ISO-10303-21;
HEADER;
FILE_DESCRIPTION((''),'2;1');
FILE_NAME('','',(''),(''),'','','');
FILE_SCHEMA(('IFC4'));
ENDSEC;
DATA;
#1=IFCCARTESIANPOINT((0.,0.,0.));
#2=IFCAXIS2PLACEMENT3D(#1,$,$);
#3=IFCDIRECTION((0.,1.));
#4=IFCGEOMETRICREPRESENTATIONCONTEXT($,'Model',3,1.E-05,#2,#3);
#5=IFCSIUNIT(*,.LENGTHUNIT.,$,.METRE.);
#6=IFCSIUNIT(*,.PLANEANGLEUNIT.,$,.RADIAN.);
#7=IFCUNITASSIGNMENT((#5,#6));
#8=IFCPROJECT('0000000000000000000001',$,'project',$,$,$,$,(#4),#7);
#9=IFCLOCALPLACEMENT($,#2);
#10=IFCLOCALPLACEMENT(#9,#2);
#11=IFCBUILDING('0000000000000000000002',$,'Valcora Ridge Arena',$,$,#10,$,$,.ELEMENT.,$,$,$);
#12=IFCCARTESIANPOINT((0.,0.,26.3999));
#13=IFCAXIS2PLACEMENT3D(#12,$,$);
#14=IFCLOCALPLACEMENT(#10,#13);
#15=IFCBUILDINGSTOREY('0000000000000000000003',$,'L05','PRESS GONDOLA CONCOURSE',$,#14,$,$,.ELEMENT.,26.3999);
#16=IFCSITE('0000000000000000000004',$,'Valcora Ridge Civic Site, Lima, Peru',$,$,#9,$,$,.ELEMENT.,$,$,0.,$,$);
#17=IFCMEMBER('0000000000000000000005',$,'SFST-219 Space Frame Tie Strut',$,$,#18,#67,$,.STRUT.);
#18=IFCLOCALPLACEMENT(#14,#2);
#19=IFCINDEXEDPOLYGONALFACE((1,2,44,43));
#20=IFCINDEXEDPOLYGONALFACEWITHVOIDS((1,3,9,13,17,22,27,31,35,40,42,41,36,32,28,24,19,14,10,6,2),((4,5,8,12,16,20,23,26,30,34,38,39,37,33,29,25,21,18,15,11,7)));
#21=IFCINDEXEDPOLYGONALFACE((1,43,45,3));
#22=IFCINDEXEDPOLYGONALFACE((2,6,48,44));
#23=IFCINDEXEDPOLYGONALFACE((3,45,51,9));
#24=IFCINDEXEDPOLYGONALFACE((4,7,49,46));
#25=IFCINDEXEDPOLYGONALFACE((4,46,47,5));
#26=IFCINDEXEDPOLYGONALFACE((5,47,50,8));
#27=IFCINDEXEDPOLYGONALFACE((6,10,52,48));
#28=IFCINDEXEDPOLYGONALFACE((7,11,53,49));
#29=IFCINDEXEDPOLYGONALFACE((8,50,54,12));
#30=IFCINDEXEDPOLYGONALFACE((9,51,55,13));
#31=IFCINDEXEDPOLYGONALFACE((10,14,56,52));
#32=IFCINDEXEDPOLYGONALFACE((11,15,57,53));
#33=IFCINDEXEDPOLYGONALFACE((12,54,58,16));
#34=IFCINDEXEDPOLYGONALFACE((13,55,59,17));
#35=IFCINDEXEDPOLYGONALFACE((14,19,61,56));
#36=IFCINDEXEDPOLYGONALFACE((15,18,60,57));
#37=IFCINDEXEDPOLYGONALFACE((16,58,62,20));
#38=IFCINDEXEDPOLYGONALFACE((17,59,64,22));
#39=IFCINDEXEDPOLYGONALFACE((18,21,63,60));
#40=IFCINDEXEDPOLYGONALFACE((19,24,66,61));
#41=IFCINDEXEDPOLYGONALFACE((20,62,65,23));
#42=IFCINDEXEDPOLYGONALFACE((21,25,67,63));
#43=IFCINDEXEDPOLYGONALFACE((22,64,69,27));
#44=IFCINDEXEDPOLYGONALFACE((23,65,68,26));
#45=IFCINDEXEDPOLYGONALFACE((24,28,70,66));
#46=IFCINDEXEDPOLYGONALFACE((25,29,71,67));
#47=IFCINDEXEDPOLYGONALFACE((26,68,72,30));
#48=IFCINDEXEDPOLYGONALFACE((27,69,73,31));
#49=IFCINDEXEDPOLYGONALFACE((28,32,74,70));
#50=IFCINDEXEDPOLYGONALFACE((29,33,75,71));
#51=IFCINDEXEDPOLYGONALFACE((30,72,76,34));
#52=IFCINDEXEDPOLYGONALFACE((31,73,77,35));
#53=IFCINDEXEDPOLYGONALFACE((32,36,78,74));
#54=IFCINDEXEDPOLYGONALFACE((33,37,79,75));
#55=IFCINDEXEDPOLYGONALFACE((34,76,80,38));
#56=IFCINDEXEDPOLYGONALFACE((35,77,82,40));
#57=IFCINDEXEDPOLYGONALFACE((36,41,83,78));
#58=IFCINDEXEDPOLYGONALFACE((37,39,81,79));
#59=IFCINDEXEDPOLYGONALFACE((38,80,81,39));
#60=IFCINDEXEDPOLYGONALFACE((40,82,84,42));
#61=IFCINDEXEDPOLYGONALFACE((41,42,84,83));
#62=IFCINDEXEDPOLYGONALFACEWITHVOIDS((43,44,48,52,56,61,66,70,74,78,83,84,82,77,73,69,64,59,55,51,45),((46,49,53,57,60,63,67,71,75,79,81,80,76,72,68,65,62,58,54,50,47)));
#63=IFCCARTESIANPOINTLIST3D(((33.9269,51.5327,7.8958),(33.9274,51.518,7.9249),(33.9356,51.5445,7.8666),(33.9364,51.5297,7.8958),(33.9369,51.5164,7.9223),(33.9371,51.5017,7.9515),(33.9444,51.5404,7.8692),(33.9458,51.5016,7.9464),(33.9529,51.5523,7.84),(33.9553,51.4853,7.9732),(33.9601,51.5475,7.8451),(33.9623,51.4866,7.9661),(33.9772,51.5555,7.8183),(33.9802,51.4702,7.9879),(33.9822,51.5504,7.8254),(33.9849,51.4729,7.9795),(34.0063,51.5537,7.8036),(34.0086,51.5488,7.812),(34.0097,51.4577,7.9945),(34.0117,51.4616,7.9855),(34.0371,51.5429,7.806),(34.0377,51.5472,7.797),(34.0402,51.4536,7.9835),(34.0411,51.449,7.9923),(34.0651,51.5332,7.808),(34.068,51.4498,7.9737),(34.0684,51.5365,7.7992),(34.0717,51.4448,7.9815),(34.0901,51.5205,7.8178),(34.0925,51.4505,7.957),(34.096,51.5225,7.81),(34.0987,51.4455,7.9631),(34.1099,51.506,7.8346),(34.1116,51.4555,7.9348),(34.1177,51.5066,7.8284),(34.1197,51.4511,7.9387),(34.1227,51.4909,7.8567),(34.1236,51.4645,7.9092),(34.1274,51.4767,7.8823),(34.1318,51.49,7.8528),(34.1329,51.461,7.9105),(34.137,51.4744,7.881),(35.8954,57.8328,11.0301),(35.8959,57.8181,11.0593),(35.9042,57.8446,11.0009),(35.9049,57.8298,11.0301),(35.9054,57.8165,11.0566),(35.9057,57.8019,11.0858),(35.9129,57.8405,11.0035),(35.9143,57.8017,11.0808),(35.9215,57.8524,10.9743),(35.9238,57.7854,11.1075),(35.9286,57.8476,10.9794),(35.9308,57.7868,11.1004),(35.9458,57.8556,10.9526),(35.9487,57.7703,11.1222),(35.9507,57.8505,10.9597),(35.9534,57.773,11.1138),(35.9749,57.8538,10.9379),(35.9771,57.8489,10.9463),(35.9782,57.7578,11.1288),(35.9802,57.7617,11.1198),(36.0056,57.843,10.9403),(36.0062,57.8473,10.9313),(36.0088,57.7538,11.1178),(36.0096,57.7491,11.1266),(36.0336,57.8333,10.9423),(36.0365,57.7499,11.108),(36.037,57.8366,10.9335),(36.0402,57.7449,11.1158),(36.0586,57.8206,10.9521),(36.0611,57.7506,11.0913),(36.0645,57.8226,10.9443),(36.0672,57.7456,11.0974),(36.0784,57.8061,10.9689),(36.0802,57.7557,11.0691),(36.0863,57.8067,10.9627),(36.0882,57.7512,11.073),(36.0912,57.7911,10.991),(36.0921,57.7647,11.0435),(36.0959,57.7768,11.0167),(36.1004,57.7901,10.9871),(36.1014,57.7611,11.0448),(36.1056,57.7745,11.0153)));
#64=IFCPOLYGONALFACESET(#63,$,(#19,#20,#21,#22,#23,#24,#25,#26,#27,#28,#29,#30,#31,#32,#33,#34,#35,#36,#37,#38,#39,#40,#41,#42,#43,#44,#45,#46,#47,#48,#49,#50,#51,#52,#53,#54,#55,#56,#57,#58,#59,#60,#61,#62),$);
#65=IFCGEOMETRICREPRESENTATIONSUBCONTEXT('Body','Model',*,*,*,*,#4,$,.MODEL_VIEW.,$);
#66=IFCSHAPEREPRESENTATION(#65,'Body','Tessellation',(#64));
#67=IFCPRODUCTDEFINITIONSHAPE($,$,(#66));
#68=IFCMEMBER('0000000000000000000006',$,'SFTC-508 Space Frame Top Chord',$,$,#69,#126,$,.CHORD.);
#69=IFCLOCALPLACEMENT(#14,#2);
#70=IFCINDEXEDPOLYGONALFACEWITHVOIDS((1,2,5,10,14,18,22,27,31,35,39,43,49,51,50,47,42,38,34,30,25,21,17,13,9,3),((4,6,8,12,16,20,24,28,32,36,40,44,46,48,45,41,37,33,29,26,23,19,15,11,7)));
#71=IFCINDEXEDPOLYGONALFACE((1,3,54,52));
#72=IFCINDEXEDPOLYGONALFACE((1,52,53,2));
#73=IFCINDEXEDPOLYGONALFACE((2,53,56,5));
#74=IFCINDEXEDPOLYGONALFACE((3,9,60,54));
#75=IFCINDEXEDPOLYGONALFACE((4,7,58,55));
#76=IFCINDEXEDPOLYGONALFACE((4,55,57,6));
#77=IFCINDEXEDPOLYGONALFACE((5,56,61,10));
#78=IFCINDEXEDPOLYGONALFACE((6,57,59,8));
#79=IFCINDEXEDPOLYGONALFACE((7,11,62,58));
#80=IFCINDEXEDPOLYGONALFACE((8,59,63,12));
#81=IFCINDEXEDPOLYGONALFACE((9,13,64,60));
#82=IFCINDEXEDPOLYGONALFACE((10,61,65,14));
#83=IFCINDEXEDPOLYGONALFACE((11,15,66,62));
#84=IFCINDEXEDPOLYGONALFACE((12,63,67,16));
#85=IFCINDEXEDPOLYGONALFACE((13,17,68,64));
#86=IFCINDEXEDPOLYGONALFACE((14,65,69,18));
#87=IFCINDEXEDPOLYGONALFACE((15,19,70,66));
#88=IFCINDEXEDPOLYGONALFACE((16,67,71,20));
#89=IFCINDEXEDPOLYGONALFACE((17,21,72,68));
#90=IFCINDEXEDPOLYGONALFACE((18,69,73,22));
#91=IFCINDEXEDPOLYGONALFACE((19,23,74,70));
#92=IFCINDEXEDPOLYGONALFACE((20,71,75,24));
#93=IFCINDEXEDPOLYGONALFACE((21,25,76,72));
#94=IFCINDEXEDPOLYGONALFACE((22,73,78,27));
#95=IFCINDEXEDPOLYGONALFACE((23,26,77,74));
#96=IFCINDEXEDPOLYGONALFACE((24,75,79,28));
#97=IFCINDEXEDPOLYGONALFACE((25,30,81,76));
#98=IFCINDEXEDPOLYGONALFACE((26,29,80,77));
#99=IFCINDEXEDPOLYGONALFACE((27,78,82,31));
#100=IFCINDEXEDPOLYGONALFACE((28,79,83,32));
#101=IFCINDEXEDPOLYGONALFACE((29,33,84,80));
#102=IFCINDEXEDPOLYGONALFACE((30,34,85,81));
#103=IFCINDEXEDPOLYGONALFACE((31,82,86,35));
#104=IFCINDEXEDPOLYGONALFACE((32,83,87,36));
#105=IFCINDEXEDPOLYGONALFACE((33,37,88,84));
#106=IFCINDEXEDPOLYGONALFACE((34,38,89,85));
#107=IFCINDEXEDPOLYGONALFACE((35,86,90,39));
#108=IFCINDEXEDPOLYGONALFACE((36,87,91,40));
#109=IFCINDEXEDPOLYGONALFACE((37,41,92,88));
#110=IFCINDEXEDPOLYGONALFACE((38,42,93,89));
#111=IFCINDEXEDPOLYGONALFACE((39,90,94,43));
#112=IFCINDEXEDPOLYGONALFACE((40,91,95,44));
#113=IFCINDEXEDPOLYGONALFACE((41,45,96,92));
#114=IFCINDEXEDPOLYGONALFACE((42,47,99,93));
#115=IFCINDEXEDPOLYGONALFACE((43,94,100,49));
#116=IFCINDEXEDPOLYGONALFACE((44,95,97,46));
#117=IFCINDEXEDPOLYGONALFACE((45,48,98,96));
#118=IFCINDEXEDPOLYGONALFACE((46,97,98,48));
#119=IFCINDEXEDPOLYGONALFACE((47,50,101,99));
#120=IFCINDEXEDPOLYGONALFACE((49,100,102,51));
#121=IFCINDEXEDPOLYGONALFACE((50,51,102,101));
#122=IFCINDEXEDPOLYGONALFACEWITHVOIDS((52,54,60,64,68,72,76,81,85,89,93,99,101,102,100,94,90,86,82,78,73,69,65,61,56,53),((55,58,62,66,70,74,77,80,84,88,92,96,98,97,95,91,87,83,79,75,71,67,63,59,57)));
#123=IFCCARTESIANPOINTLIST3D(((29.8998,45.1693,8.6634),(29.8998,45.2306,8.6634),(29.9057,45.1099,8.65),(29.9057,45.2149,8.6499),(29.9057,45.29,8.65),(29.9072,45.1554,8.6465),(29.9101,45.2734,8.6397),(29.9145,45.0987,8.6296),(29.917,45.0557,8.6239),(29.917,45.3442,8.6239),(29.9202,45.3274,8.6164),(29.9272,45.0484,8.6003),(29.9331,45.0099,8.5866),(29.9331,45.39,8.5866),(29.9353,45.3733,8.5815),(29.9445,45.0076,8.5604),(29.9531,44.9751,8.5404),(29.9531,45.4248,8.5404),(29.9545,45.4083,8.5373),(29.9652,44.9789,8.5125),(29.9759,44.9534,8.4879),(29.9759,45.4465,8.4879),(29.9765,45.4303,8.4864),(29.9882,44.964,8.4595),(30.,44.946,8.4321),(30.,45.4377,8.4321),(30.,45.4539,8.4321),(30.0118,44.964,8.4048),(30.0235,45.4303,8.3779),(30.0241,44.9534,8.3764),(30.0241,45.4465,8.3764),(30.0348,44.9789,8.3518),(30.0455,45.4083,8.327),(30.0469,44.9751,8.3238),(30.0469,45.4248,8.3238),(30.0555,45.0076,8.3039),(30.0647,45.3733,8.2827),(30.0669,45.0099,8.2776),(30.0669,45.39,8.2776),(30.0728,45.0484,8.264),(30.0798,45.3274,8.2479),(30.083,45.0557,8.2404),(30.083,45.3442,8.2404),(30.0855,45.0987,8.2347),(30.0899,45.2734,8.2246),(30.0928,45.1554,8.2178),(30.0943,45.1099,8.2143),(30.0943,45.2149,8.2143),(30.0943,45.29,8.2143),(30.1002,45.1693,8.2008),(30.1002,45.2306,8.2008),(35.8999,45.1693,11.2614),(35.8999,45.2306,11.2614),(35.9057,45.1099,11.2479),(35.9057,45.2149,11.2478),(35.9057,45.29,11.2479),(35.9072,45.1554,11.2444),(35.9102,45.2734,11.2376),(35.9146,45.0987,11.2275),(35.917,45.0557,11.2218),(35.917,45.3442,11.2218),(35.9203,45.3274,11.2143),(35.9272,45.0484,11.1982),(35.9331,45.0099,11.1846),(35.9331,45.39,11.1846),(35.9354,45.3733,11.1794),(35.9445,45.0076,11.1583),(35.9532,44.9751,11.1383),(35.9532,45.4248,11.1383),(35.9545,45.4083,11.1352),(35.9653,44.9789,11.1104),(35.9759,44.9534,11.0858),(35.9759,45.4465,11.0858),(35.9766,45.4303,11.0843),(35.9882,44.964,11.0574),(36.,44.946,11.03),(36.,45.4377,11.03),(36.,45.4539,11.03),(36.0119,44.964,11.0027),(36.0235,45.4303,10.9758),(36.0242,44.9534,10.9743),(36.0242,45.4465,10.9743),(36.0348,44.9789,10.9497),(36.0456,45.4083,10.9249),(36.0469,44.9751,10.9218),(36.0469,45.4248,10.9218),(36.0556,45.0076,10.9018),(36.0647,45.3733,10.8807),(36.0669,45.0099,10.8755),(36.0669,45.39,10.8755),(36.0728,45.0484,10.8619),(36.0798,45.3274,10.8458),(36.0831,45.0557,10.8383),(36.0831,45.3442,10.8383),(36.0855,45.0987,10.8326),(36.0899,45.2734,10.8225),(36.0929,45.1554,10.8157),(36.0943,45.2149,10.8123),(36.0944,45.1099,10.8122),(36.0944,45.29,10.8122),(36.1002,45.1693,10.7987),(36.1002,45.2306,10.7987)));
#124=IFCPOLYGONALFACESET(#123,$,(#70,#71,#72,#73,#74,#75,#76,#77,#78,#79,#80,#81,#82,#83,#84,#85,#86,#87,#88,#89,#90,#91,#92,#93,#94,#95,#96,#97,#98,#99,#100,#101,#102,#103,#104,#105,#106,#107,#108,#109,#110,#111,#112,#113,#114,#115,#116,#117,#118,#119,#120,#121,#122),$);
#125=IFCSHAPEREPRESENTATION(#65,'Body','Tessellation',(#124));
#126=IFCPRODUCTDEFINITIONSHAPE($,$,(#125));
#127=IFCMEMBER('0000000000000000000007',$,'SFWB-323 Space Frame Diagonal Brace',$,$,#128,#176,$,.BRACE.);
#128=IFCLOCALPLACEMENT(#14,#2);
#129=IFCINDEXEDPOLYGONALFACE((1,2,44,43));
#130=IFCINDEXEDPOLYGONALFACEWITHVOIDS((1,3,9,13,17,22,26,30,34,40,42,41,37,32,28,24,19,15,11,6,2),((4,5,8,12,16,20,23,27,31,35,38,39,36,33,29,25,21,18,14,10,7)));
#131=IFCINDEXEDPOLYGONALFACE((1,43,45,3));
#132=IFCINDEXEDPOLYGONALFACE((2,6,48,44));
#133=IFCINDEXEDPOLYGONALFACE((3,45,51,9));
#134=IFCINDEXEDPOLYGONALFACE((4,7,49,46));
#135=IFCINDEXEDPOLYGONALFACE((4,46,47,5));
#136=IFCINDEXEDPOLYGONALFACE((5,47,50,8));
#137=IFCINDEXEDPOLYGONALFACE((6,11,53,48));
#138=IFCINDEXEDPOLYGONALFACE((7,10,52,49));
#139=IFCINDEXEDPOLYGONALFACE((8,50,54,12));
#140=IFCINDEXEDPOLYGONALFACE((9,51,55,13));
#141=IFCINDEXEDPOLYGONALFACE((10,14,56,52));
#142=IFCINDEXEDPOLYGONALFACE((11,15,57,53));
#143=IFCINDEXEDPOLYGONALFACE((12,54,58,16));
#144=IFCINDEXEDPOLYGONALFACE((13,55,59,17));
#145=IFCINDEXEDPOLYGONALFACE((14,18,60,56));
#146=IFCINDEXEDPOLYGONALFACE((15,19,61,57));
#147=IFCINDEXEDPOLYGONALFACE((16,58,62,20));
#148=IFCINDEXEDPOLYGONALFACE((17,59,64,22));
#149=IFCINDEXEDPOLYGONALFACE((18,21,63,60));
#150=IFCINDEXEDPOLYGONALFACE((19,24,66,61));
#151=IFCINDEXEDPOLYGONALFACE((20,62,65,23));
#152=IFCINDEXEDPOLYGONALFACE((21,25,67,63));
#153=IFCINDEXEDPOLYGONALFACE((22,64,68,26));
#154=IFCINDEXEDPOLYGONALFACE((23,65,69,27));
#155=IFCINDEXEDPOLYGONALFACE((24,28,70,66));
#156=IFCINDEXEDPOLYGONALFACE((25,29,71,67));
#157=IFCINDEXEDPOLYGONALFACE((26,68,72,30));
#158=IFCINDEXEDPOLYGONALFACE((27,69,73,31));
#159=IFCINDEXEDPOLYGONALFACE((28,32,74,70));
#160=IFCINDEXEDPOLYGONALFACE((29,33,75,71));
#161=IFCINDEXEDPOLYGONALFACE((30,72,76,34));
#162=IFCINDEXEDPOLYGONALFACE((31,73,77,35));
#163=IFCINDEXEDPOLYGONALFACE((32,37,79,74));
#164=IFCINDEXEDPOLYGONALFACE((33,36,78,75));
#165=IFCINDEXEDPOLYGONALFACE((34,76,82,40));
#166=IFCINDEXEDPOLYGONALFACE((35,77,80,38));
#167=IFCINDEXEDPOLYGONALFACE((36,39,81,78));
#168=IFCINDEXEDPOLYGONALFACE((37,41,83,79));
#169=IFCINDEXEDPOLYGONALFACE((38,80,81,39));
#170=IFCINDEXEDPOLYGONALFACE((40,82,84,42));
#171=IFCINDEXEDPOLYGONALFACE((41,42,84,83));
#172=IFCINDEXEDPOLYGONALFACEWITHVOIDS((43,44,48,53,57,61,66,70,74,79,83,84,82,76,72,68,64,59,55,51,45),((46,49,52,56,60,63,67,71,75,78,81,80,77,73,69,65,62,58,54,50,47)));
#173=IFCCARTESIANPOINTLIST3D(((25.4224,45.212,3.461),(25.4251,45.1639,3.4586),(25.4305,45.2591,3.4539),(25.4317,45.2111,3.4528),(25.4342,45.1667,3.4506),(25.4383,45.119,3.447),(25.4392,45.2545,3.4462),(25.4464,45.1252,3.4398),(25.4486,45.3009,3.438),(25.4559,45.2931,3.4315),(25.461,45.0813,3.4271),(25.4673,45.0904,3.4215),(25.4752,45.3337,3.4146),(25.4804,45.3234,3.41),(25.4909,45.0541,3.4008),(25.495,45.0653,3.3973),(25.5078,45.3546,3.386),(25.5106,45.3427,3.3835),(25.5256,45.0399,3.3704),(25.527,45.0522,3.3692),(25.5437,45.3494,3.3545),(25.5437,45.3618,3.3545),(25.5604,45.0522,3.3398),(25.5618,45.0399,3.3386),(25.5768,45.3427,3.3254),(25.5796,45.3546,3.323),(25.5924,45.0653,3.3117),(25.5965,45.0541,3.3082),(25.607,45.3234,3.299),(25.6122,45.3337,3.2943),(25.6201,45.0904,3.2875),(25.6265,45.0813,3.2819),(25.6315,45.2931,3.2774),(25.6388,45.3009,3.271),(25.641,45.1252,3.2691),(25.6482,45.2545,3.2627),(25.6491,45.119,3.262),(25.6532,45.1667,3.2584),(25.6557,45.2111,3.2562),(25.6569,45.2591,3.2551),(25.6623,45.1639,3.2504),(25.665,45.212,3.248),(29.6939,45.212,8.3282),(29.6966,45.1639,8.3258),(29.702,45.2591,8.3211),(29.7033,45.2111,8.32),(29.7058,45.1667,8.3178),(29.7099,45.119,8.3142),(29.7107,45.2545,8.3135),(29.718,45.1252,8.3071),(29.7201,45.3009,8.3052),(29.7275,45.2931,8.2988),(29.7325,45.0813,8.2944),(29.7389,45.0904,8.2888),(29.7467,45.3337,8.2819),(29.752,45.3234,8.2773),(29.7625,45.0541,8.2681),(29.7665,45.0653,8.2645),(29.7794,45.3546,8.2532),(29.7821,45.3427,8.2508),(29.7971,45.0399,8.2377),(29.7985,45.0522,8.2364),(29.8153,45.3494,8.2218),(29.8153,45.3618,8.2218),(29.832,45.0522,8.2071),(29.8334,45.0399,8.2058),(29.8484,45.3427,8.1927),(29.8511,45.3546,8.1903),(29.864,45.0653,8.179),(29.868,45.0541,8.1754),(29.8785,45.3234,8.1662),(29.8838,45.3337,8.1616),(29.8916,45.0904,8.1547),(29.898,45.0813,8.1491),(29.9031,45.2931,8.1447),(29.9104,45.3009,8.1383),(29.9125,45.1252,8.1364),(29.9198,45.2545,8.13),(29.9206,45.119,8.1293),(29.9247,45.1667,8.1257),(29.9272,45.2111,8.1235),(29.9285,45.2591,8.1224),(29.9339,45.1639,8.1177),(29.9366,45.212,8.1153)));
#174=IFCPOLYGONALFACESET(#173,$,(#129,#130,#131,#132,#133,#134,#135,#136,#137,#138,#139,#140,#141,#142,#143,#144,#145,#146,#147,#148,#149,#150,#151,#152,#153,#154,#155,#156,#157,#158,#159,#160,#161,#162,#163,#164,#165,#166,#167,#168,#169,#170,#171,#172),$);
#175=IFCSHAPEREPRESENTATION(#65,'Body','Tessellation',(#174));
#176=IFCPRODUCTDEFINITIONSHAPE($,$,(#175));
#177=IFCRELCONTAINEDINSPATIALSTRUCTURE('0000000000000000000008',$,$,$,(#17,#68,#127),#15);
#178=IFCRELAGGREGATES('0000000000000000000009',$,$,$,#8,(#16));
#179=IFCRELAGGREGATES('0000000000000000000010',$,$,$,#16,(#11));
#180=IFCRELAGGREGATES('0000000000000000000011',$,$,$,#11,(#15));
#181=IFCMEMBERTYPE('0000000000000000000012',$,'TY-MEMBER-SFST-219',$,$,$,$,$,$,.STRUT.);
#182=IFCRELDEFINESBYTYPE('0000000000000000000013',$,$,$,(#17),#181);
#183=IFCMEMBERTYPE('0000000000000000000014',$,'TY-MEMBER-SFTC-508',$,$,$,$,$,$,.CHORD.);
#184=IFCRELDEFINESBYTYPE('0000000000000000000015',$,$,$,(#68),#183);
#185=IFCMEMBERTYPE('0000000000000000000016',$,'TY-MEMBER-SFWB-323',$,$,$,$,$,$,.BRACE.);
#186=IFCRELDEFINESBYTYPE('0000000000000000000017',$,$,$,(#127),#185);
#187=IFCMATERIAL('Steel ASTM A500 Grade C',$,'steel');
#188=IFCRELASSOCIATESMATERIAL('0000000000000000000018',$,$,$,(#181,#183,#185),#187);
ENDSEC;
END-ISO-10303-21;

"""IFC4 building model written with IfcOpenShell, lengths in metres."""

from ifc_helpers import new_model, si_unit, direction, frame, origin, origin_2d, place, context, subcontext, project, spatial, hollow_circle, extrude, material, material_profile, profile_set, type_object, element, save


model = new_model("IFC4")

# Units and contexts
model_context = context("Model", 3, precision=1e-05, world=origin(), true_north=direction((0.0, 1.0)))
body_context = subcontext(model_context, "Body", "Model", "MODEL_VIEW")
ifc_project = project(units=[si_unit("LENGTHUNIT", "METRE"), si_unit("PLANEANGLEUNIT", "RADIAN")], contexts=[model_context])

# Site, building, storey
site_placement = place(None, origin())
site = spatial("IfcSite", under=ifc_project, at=site_placement, Name="Valcora Ridge Civic Site, Lima, Peru", CompositionType="ELEMENT", RefElevation=0.0)
building_placement = place(site_placement, origin())
building = spatial("IfcBuilding", under=site, at=building_placement, Name="Valcora Ridge Arena", CompositionType="ELEMENT")
storey_placement = place(building_placement, frame((0.0, 0.0, 26.3999)))
storey = spatial("IfcBuildingStorey", under=building, at=storey_placement, Name="L05", Description="PRESS GONDOLA CONCOURSE", CompositionType="ELEMENT", Elevation=26.3999)

# Members
ifc_material_1 = material(Name="Steel ASTM A500 Grade C", Category="steel")
ifc_material_profile_1 = material_profile(ifc_material_1, hollow_circle(Radius=0.1096, WallThickness=0.01, at=origin_2d()), Name="CHS219X10")
ifc_profile_set_1 = profile_set([ifc_material_profile_1], Name="Steel ASTM A500 Grade C")
member_type_1 = type_object("IfcMemberType", Name="TY-MEMBER-SFST-219", PredefinedType="STRUT", material=ifc_profile_set_1)
member_1_placement = place(storey_placement, frame((34.0315, 51.5, 7.8958), z_axis=(0.269407, 0.862217, 0.428953), x_axis=(-0.954491, 0.298239, 0.0)))
element("IfcMember", 1, at=member_1_placement, inside=storey, type_object=member_type_1, Name="SFST-219 Space Frame Tie Strut", PredefinedType="STRUT", context=body_context, shape_type="SweptSolid", body=[
    extrude(hollow_circle(Radius=0.1096, WallThickness=0.01, at=origin_2d()), origin(), (0.0, 0.0, 1.0), 7.3069),
])
ifc_material_profile_2 = material_profile(ifc_material_1, hollow_circle(Radius=0.2539, WallThickness=0.0161, at=origin_2d()), Name="CHS508X16")
ifc_profile_set_2 = profile_set([ifc_material_profile_2], Name="Steel ASTM A500 Grade C")
member_type_2 = type_object("IfcMemberType", Name="TY-MEMBER-SFTC-508", PredefinedType="CHORD", material=ifc_profile_set_2)
member_2_placement = place(storey_placement, frame((30.0, 45.2, 8.4321), z_axis=(0.917673, 0.0, 0.397337), x_axis=(0.0, 1.0, 0.0)))
element("IfcMember", 2, at=member_2_placement, inside=storey, type_object=member_type_2, Name="SFTC-508 Space Frame Top Chord", PredefinedType="CHORD", context=body_context, shape_type="SweptSolid", body=[
    extrude(hollow_circle(Radius=0.2539, WallThickness=0.0161, at=origin_2d()), origin(), (0.0, 0.0, 1.0), 6.5383),
])
ifc_material_profile_3 = material_profile(ifc_material_1, hollow_circle(Radius=0.1619, WallThickness=0.0125, at=origin_2d()), Name="CHS323X12")
ifc_profile_set_3 = profile_set([ifc_material_profile_3], Name="Steel ASTM A500 Grade C")
member_type_3 = type_object("IfcMemberType", Name="TY-MEMBER-SFWB-323", PredefinedType="BRACE", material=ifc_profile_set_3)
member_3_placement = place(storey_placement, frame((25.5437, 45.2, 3.3545), z_axis=(0.659614, 0.0, 0.751604), x_axis=(0.0, 1.0, 0.0)))
element("IfcMember", 3, at=member_3_placement, inside=storey, type_object=member_type_3, Name="SFWB-323 Space Frame Diagonal Brace", PredefinedType="BRACE", context=body_context, shape_type="SweptSolid", body=[
    extrude(hollow_circle(Radius=0.1619, WallThickness=0.0125, at=origin_2d()), origin(), (0.0, 0.0, 1.0), 6.4758),
])

save(model, "model.ifc")
